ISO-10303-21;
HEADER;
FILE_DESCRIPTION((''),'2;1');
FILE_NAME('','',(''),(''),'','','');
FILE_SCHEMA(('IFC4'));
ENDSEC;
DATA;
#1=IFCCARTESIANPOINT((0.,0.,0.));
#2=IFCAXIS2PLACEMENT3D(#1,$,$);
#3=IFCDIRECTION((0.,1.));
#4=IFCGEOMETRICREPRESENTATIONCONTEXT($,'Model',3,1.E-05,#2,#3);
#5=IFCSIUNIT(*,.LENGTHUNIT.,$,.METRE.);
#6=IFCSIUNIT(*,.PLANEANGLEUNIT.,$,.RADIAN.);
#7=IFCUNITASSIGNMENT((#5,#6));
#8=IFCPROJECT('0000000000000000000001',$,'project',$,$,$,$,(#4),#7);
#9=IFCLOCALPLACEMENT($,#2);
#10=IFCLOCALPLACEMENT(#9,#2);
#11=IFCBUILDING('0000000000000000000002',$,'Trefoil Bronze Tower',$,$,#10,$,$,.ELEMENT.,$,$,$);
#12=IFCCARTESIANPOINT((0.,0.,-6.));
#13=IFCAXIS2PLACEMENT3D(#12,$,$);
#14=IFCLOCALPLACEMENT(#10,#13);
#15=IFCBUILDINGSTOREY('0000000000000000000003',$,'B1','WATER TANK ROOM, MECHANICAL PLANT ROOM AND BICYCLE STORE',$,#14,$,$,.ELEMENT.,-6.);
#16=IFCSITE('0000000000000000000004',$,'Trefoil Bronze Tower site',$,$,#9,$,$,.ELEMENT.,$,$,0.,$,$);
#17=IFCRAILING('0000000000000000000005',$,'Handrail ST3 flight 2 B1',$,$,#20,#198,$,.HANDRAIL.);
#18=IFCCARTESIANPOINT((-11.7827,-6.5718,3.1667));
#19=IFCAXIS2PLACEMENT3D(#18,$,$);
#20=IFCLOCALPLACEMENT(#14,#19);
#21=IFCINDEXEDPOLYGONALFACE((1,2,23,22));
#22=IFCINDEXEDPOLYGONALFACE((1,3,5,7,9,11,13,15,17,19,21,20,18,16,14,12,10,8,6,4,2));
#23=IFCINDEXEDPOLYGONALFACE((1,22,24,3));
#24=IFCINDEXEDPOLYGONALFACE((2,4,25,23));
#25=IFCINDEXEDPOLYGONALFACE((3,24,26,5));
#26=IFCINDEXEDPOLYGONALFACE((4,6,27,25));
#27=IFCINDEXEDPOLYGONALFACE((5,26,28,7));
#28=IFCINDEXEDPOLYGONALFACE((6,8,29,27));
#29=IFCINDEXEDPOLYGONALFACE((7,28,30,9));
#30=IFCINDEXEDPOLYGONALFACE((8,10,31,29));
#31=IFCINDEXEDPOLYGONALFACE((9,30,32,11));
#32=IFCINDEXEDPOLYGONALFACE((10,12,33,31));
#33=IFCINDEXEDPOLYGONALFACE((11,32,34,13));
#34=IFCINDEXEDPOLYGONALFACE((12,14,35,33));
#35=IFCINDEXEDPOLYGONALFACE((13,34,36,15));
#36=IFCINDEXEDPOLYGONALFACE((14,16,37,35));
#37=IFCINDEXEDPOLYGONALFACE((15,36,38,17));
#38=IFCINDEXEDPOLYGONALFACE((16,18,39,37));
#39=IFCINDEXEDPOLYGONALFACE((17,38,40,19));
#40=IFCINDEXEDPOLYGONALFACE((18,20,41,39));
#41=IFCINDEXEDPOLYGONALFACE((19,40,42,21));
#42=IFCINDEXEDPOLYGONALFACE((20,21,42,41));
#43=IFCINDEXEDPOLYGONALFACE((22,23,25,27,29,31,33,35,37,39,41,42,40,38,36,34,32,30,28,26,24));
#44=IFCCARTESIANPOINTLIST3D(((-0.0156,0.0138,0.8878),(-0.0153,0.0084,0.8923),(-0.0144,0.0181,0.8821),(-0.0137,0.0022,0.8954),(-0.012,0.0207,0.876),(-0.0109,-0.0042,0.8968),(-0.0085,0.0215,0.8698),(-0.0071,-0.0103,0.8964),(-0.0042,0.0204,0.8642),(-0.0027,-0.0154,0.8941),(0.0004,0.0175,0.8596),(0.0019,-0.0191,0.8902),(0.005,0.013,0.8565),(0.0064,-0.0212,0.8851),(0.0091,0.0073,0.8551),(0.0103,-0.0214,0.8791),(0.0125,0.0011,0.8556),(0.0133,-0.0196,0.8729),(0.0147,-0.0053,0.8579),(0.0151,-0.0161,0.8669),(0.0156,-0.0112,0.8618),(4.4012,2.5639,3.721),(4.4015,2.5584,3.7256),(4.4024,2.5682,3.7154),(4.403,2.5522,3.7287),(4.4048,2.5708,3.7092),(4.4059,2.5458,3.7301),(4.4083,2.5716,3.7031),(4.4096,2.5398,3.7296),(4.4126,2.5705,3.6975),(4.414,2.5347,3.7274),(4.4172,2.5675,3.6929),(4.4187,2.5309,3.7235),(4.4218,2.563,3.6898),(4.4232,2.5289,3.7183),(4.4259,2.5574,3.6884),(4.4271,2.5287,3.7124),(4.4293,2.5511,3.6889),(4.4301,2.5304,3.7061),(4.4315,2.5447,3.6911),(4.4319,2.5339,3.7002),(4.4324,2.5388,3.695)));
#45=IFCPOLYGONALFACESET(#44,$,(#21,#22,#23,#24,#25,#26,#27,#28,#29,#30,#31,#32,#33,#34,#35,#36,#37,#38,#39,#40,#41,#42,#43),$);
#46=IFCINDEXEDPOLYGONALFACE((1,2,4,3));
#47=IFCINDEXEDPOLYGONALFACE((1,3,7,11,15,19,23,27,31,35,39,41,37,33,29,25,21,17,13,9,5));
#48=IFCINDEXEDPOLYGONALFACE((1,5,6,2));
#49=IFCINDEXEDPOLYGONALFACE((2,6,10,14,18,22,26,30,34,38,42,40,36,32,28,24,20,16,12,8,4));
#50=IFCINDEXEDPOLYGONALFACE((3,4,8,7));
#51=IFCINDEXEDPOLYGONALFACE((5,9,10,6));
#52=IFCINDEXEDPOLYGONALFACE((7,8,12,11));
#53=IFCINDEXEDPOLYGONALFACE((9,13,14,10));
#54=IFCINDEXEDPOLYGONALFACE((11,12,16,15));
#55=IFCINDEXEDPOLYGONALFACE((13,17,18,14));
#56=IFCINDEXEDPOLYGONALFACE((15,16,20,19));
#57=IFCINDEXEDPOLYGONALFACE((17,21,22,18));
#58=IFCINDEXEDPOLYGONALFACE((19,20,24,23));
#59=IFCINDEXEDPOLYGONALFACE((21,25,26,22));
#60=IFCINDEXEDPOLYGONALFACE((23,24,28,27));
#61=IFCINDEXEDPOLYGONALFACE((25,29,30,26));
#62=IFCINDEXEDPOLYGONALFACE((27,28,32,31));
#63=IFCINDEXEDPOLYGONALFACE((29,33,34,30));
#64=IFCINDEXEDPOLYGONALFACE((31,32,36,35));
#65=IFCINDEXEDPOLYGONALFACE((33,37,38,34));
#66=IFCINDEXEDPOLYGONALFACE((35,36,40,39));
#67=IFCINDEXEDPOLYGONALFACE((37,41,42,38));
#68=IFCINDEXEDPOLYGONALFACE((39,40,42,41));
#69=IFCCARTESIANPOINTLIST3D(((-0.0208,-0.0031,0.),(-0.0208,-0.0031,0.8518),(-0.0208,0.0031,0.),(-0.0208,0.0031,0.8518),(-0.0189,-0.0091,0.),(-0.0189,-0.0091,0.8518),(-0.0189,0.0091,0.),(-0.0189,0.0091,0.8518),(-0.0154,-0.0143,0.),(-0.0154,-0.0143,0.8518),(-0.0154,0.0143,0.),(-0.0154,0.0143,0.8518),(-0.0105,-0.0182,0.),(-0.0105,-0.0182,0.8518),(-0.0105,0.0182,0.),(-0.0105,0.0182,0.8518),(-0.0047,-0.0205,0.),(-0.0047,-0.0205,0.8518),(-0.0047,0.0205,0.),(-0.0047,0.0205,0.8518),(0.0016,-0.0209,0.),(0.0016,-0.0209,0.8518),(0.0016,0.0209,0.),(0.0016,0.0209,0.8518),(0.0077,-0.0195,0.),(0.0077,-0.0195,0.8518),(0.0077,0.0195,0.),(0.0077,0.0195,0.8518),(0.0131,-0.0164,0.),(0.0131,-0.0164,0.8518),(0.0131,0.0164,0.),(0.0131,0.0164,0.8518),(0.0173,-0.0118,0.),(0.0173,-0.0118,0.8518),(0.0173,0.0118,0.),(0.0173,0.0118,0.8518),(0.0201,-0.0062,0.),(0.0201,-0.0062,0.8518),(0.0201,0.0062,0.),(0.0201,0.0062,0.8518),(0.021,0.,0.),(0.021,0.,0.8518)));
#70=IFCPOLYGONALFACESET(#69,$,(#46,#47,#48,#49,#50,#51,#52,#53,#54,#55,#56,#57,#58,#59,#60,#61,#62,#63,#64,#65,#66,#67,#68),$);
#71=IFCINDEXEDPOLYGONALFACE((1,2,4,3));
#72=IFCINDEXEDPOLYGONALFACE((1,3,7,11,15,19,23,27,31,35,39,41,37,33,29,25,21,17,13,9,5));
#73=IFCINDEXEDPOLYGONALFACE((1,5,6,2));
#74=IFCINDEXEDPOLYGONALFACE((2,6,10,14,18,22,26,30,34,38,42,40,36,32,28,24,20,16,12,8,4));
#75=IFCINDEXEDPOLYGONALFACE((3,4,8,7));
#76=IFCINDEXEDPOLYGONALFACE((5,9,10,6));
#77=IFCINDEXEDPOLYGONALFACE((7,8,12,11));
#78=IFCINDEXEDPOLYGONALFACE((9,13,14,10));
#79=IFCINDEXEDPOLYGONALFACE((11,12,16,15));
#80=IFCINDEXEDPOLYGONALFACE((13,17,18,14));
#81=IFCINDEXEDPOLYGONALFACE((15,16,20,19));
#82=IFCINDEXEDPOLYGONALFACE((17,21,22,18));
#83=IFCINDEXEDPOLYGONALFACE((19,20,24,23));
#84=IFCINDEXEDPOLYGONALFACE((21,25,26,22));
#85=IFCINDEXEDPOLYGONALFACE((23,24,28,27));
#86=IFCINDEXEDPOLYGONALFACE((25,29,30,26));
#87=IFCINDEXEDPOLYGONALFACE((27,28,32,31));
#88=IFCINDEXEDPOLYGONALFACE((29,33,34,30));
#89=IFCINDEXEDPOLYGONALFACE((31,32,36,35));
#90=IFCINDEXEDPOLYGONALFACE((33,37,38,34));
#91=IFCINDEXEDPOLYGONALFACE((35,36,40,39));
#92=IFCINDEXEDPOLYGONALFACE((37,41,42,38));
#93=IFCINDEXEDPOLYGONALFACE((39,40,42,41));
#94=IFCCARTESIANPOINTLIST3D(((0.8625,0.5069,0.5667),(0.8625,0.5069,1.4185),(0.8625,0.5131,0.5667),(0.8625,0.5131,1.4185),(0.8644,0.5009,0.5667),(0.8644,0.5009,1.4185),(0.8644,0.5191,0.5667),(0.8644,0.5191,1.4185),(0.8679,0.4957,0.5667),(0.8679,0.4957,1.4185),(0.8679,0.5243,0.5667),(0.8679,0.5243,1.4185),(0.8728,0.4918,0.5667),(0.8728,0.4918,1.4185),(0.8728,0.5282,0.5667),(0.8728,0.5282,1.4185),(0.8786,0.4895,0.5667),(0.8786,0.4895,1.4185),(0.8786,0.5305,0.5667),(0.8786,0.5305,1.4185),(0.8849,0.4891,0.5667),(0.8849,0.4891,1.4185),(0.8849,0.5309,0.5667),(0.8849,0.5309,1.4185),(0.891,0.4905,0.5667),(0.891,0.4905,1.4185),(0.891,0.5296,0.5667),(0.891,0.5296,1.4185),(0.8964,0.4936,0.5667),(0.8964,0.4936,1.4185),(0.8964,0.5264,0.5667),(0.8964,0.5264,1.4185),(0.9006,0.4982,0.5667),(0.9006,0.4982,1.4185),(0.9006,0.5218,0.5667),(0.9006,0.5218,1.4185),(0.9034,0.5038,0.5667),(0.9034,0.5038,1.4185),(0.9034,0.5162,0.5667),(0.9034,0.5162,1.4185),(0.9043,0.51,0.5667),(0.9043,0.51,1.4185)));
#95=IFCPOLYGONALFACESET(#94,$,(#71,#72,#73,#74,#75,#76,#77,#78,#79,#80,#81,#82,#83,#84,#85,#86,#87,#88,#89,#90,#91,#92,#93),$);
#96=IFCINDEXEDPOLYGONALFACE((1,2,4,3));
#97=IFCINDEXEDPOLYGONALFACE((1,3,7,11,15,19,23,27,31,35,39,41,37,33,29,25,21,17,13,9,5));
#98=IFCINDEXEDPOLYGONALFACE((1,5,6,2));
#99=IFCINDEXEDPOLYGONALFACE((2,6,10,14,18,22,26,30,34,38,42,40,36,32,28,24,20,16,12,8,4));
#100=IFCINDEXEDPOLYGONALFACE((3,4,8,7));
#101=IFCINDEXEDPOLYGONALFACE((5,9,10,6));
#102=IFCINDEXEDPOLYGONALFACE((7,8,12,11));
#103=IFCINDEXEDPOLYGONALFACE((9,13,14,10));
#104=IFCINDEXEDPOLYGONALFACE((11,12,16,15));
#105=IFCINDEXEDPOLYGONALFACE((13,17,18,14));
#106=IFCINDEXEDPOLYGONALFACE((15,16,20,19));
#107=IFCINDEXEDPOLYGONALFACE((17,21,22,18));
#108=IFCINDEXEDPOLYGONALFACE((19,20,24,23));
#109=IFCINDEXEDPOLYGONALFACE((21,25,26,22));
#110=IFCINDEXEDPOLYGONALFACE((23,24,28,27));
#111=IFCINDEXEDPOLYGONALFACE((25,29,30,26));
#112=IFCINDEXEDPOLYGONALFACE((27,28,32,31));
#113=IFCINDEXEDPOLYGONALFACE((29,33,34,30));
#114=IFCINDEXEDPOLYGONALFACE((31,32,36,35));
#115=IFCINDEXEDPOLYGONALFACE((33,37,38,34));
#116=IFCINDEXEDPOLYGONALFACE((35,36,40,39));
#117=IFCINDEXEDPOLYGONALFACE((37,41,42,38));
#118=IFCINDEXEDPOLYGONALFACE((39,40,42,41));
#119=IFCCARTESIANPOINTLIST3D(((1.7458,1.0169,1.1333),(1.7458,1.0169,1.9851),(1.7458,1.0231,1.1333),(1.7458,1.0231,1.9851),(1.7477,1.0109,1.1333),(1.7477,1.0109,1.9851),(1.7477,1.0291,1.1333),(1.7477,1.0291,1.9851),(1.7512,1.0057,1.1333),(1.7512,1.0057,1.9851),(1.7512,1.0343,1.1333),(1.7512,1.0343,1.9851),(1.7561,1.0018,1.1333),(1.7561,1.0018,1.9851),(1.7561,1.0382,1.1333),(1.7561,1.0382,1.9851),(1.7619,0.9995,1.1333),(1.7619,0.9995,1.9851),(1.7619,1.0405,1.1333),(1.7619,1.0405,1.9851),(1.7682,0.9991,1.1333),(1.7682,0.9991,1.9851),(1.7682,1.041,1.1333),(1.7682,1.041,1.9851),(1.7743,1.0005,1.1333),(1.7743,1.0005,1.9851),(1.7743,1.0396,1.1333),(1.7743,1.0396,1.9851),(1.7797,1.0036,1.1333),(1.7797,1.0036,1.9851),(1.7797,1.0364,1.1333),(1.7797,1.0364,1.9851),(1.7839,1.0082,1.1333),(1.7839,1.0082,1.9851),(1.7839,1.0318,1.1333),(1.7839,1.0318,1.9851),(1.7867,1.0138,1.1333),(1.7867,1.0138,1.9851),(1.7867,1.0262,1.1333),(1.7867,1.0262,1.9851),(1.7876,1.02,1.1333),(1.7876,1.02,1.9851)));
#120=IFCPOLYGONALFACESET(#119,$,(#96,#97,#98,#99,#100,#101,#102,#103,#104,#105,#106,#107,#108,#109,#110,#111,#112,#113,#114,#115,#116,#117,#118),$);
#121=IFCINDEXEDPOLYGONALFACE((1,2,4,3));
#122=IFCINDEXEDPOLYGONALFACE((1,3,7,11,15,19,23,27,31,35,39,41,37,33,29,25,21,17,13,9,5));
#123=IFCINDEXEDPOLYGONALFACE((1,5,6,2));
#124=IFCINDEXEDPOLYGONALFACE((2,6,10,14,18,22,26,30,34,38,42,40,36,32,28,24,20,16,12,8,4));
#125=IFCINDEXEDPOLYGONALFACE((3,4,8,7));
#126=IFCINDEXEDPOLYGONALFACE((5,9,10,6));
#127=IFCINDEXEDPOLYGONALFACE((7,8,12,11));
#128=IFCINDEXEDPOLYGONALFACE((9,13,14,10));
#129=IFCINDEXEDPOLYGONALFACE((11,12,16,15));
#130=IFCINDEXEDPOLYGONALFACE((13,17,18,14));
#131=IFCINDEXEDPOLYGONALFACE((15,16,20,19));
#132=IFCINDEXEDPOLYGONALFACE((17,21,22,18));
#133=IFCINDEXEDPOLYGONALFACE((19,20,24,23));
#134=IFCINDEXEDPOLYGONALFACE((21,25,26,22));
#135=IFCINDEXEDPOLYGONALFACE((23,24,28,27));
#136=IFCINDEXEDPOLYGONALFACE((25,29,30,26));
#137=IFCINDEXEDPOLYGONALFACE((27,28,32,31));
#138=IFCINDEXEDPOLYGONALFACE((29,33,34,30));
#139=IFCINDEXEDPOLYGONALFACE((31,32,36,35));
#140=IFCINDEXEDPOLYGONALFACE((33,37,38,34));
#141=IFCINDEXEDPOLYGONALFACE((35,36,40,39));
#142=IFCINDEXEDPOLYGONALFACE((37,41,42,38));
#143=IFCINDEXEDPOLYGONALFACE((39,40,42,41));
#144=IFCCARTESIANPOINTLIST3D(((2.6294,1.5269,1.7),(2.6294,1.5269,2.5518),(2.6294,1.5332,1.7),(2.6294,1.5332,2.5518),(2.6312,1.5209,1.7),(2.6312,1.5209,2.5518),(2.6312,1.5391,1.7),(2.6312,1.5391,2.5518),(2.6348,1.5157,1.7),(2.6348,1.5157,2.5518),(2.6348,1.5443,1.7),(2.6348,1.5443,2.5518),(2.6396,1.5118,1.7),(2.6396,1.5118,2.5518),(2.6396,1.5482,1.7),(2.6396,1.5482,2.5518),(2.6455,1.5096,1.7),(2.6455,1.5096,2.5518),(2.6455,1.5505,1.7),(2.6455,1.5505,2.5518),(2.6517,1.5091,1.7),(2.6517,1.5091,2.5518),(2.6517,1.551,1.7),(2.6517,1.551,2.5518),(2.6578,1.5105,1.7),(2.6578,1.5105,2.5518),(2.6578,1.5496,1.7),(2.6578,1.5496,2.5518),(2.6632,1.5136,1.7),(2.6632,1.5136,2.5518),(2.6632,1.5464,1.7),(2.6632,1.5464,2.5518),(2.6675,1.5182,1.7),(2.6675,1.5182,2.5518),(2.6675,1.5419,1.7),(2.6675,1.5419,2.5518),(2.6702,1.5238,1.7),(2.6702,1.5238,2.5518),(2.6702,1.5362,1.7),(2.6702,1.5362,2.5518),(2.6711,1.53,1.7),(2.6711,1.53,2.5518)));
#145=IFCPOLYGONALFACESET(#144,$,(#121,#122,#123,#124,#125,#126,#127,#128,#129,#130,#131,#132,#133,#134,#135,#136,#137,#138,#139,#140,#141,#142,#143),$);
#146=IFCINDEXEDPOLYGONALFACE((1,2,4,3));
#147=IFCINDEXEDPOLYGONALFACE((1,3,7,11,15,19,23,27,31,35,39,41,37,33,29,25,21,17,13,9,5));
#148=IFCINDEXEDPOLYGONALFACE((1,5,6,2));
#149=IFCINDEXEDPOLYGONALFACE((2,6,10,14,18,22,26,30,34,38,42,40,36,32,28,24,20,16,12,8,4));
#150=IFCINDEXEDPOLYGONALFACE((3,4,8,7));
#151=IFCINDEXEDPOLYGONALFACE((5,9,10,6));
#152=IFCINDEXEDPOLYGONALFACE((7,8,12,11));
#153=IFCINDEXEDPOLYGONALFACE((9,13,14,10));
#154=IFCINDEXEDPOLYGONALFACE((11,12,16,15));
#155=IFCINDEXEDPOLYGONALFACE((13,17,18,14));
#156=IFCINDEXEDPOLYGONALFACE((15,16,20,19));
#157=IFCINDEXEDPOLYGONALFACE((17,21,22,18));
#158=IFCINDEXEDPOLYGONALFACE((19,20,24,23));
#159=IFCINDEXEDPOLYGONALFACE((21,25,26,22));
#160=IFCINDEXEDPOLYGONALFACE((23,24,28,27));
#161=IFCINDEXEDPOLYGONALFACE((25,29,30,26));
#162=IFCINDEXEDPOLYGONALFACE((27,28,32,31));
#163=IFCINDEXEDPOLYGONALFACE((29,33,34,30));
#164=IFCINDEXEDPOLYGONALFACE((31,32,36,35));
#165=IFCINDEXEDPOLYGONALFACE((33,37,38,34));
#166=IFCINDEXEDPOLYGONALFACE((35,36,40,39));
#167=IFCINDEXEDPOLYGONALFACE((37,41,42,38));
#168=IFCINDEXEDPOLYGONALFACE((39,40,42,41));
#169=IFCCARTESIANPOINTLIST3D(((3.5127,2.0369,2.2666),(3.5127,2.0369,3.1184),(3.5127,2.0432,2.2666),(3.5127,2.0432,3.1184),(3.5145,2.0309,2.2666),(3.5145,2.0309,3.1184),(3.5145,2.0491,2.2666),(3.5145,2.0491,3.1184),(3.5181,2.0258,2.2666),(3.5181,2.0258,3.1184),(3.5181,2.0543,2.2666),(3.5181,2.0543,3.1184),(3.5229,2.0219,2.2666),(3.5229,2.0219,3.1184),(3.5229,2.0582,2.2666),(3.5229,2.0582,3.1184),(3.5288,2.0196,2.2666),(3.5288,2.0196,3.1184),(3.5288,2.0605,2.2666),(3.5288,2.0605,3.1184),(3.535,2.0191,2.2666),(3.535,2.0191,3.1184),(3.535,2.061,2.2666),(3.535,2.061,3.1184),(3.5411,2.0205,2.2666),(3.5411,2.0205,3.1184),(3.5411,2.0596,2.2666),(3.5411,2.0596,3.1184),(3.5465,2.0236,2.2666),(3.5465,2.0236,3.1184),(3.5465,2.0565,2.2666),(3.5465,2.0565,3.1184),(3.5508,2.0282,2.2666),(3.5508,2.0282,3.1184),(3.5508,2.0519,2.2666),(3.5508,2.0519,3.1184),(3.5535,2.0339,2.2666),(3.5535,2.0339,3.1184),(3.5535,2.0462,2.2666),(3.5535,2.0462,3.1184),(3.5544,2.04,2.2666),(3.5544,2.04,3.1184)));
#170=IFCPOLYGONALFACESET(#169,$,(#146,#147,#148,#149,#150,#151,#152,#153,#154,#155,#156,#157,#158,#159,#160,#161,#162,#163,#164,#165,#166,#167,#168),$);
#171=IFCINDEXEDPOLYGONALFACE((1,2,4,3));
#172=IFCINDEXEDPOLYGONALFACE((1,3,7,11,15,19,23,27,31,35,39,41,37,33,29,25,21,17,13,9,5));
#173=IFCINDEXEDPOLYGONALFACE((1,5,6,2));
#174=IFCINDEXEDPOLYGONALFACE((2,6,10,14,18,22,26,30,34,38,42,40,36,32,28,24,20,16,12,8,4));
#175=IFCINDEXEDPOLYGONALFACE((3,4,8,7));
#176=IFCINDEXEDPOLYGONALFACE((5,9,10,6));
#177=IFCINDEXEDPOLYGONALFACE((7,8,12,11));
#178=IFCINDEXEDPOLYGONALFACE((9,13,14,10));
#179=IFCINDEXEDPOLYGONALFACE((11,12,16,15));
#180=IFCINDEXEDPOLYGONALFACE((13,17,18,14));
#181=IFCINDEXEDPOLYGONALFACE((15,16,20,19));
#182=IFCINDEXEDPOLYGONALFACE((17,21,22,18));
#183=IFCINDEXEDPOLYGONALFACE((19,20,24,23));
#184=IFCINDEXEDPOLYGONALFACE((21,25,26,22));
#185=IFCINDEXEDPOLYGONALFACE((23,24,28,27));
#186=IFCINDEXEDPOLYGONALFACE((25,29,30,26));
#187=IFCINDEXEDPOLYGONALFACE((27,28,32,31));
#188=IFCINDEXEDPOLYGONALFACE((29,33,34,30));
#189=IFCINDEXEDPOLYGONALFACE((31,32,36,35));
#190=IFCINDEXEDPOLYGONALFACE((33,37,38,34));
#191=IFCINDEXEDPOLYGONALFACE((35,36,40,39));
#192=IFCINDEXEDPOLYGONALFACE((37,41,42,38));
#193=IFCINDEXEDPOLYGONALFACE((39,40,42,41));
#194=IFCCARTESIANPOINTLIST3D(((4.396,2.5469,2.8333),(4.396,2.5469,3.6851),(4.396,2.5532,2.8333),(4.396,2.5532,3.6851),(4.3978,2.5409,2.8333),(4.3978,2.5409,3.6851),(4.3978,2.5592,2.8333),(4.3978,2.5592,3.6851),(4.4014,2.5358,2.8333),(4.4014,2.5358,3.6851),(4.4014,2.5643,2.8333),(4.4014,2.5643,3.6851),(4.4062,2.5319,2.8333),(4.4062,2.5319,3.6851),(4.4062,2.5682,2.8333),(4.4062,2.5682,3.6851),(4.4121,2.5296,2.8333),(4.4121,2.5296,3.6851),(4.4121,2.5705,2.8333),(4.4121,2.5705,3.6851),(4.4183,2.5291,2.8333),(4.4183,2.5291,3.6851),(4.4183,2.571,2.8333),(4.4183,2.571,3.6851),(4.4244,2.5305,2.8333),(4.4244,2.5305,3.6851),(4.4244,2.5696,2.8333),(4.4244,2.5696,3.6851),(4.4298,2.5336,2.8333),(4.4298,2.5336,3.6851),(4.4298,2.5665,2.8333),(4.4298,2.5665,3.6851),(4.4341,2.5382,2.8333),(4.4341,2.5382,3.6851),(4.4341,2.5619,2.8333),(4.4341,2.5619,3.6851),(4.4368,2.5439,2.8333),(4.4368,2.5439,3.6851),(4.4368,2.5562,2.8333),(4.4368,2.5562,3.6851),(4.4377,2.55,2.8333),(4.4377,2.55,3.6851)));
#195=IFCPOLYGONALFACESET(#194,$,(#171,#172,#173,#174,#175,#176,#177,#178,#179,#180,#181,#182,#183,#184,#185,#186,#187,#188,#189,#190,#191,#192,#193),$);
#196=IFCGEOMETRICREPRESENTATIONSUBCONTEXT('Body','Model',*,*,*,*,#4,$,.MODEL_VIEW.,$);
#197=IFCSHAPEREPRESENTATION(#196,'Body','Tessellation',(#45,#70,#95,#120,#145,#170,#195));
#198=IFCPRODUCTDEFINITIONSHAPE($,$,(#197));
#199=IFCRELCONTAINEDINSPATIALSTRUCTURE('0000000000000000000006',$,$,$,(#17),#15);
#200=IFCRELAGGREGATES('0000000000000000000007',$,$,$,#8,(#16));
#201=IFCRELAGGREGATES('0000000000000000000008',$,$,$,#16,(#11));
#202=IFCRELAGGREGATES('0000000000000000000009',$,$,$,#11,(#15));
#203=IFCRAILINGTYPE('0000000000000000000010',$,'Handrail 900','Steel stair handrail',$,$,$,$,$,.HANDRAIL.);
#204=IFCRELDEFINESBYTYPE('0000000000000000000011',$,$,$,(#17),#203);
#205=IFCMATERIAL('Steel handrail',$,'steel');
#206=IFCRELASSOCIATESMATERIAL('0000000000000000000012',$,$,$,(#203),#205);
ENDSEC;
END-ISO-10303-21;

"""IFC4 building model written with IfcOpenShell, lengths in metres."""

from ifc_helpers import new_model, si_unit, direction, frame, origin, origin_2d, place, context, subcontext, project, spatial, circle, extrude, material, type_object, element, save


model = new_model("IFC4")

# Units and contexts
model_context = context("Model", 3, precision=1e-05, world=origin(), true_north=direction((0.0, 1.0)))
body_context = subcontext(model_context, "Body", "Model", "MODEL_VIEW")
ifc_project = project(units=[si_unit("LENGTHUNIT", "METRE"), si_unit("PLANEANGLEUNIT", "RADIAN")], contexts=[model_context])

# Site, building, storey
site_placement = place(None, origin())
site = spatial("IfcSite", under=ifc_project, at=site_placement, Name="Trefoil Bronze Tower site", CompositionType="ELEMENT", RefElevation=0.0)
building_placement = place(site_placement, origin())
building = spatial("IfcBuilding", under=site, at=building_placement, Name="Trefoil Bronze Tower", CompositionType="ELEMENT")
storey_placement = place(building_placement, frame((0.0, 0.0, -6.0)))
storey = spatial("IfcBuildingStorey", under=building, at=storey_placement, Name="B1", Description="WATER TANK ROOM, MECHANICAL PLANT ROOM AND BICYCLE STORE", CompositionType="ELEMENT", Elevation=-6.0)

# Railing
ifc_material_1 = material(Name="Steel handrail", Category="steel")
railing_type = type_object("IfcRailingType", Name="Handrail 900", Description="Steel stair handrail", PredefinedType="HANDRAIL", material=ifc_material_1)
railing_1_placement = place(storey_placement, frame((-11.7827, -6.5718, 3.1667)))
element("IfcRailing", 1, at=railing_1_placement, inside=storey, type_object=railing_type, Name="Handrail ST3 flight 2 B1", PredefinedType="HANDRAIL", context=body_context, shape_type="SweptSolid", body=[
    extrude(circle(Radius=0.0239, at=origin_2d()), frame((0.0, 0.0, 0.876), z_axis=(0.757046, 0.437087, 0.485629), x_axis=(-0.500006, 0.866022, 0.0)), (0.0, 0.0, 1.0), 5.8342),
    extrude(circle(Radius=0.021, at=origin_2d()), origin(), (0.0, 0.0, 1.0), 0.8518),
    extrude(circle(Radius=0.021, at=origin_2d()), frame((0.8833, 0.51, 0.5667)), (0.0, 0.0, 1.0), 0.8518),
    extrude(circle(Radius=0.021, at=origin_2d()), frame((1.7666, 1.02, 1.1333)), (0.0, 0.0, 1.0), 0.8518),
    extrude(circle(Radius=0.021, at=origin_2d()), frame((2.6501, 1.53, 1.7)), (0.0, 0.0, 1.0), 0.8518),
    extrude(circle(Radius=0.021, at=origin_2d()), frame((3.5334, 2.04, 2.2666)), (0.0, 0.0, 1.0), 0.8518),
    extrude(circle(Radius=0.021, at=origin_2d()), frame((4.4167, 2.55, 2.8333)), (0.0, 0.0, 1.0), 0.8518),
])

save(model, "model.ifc")
